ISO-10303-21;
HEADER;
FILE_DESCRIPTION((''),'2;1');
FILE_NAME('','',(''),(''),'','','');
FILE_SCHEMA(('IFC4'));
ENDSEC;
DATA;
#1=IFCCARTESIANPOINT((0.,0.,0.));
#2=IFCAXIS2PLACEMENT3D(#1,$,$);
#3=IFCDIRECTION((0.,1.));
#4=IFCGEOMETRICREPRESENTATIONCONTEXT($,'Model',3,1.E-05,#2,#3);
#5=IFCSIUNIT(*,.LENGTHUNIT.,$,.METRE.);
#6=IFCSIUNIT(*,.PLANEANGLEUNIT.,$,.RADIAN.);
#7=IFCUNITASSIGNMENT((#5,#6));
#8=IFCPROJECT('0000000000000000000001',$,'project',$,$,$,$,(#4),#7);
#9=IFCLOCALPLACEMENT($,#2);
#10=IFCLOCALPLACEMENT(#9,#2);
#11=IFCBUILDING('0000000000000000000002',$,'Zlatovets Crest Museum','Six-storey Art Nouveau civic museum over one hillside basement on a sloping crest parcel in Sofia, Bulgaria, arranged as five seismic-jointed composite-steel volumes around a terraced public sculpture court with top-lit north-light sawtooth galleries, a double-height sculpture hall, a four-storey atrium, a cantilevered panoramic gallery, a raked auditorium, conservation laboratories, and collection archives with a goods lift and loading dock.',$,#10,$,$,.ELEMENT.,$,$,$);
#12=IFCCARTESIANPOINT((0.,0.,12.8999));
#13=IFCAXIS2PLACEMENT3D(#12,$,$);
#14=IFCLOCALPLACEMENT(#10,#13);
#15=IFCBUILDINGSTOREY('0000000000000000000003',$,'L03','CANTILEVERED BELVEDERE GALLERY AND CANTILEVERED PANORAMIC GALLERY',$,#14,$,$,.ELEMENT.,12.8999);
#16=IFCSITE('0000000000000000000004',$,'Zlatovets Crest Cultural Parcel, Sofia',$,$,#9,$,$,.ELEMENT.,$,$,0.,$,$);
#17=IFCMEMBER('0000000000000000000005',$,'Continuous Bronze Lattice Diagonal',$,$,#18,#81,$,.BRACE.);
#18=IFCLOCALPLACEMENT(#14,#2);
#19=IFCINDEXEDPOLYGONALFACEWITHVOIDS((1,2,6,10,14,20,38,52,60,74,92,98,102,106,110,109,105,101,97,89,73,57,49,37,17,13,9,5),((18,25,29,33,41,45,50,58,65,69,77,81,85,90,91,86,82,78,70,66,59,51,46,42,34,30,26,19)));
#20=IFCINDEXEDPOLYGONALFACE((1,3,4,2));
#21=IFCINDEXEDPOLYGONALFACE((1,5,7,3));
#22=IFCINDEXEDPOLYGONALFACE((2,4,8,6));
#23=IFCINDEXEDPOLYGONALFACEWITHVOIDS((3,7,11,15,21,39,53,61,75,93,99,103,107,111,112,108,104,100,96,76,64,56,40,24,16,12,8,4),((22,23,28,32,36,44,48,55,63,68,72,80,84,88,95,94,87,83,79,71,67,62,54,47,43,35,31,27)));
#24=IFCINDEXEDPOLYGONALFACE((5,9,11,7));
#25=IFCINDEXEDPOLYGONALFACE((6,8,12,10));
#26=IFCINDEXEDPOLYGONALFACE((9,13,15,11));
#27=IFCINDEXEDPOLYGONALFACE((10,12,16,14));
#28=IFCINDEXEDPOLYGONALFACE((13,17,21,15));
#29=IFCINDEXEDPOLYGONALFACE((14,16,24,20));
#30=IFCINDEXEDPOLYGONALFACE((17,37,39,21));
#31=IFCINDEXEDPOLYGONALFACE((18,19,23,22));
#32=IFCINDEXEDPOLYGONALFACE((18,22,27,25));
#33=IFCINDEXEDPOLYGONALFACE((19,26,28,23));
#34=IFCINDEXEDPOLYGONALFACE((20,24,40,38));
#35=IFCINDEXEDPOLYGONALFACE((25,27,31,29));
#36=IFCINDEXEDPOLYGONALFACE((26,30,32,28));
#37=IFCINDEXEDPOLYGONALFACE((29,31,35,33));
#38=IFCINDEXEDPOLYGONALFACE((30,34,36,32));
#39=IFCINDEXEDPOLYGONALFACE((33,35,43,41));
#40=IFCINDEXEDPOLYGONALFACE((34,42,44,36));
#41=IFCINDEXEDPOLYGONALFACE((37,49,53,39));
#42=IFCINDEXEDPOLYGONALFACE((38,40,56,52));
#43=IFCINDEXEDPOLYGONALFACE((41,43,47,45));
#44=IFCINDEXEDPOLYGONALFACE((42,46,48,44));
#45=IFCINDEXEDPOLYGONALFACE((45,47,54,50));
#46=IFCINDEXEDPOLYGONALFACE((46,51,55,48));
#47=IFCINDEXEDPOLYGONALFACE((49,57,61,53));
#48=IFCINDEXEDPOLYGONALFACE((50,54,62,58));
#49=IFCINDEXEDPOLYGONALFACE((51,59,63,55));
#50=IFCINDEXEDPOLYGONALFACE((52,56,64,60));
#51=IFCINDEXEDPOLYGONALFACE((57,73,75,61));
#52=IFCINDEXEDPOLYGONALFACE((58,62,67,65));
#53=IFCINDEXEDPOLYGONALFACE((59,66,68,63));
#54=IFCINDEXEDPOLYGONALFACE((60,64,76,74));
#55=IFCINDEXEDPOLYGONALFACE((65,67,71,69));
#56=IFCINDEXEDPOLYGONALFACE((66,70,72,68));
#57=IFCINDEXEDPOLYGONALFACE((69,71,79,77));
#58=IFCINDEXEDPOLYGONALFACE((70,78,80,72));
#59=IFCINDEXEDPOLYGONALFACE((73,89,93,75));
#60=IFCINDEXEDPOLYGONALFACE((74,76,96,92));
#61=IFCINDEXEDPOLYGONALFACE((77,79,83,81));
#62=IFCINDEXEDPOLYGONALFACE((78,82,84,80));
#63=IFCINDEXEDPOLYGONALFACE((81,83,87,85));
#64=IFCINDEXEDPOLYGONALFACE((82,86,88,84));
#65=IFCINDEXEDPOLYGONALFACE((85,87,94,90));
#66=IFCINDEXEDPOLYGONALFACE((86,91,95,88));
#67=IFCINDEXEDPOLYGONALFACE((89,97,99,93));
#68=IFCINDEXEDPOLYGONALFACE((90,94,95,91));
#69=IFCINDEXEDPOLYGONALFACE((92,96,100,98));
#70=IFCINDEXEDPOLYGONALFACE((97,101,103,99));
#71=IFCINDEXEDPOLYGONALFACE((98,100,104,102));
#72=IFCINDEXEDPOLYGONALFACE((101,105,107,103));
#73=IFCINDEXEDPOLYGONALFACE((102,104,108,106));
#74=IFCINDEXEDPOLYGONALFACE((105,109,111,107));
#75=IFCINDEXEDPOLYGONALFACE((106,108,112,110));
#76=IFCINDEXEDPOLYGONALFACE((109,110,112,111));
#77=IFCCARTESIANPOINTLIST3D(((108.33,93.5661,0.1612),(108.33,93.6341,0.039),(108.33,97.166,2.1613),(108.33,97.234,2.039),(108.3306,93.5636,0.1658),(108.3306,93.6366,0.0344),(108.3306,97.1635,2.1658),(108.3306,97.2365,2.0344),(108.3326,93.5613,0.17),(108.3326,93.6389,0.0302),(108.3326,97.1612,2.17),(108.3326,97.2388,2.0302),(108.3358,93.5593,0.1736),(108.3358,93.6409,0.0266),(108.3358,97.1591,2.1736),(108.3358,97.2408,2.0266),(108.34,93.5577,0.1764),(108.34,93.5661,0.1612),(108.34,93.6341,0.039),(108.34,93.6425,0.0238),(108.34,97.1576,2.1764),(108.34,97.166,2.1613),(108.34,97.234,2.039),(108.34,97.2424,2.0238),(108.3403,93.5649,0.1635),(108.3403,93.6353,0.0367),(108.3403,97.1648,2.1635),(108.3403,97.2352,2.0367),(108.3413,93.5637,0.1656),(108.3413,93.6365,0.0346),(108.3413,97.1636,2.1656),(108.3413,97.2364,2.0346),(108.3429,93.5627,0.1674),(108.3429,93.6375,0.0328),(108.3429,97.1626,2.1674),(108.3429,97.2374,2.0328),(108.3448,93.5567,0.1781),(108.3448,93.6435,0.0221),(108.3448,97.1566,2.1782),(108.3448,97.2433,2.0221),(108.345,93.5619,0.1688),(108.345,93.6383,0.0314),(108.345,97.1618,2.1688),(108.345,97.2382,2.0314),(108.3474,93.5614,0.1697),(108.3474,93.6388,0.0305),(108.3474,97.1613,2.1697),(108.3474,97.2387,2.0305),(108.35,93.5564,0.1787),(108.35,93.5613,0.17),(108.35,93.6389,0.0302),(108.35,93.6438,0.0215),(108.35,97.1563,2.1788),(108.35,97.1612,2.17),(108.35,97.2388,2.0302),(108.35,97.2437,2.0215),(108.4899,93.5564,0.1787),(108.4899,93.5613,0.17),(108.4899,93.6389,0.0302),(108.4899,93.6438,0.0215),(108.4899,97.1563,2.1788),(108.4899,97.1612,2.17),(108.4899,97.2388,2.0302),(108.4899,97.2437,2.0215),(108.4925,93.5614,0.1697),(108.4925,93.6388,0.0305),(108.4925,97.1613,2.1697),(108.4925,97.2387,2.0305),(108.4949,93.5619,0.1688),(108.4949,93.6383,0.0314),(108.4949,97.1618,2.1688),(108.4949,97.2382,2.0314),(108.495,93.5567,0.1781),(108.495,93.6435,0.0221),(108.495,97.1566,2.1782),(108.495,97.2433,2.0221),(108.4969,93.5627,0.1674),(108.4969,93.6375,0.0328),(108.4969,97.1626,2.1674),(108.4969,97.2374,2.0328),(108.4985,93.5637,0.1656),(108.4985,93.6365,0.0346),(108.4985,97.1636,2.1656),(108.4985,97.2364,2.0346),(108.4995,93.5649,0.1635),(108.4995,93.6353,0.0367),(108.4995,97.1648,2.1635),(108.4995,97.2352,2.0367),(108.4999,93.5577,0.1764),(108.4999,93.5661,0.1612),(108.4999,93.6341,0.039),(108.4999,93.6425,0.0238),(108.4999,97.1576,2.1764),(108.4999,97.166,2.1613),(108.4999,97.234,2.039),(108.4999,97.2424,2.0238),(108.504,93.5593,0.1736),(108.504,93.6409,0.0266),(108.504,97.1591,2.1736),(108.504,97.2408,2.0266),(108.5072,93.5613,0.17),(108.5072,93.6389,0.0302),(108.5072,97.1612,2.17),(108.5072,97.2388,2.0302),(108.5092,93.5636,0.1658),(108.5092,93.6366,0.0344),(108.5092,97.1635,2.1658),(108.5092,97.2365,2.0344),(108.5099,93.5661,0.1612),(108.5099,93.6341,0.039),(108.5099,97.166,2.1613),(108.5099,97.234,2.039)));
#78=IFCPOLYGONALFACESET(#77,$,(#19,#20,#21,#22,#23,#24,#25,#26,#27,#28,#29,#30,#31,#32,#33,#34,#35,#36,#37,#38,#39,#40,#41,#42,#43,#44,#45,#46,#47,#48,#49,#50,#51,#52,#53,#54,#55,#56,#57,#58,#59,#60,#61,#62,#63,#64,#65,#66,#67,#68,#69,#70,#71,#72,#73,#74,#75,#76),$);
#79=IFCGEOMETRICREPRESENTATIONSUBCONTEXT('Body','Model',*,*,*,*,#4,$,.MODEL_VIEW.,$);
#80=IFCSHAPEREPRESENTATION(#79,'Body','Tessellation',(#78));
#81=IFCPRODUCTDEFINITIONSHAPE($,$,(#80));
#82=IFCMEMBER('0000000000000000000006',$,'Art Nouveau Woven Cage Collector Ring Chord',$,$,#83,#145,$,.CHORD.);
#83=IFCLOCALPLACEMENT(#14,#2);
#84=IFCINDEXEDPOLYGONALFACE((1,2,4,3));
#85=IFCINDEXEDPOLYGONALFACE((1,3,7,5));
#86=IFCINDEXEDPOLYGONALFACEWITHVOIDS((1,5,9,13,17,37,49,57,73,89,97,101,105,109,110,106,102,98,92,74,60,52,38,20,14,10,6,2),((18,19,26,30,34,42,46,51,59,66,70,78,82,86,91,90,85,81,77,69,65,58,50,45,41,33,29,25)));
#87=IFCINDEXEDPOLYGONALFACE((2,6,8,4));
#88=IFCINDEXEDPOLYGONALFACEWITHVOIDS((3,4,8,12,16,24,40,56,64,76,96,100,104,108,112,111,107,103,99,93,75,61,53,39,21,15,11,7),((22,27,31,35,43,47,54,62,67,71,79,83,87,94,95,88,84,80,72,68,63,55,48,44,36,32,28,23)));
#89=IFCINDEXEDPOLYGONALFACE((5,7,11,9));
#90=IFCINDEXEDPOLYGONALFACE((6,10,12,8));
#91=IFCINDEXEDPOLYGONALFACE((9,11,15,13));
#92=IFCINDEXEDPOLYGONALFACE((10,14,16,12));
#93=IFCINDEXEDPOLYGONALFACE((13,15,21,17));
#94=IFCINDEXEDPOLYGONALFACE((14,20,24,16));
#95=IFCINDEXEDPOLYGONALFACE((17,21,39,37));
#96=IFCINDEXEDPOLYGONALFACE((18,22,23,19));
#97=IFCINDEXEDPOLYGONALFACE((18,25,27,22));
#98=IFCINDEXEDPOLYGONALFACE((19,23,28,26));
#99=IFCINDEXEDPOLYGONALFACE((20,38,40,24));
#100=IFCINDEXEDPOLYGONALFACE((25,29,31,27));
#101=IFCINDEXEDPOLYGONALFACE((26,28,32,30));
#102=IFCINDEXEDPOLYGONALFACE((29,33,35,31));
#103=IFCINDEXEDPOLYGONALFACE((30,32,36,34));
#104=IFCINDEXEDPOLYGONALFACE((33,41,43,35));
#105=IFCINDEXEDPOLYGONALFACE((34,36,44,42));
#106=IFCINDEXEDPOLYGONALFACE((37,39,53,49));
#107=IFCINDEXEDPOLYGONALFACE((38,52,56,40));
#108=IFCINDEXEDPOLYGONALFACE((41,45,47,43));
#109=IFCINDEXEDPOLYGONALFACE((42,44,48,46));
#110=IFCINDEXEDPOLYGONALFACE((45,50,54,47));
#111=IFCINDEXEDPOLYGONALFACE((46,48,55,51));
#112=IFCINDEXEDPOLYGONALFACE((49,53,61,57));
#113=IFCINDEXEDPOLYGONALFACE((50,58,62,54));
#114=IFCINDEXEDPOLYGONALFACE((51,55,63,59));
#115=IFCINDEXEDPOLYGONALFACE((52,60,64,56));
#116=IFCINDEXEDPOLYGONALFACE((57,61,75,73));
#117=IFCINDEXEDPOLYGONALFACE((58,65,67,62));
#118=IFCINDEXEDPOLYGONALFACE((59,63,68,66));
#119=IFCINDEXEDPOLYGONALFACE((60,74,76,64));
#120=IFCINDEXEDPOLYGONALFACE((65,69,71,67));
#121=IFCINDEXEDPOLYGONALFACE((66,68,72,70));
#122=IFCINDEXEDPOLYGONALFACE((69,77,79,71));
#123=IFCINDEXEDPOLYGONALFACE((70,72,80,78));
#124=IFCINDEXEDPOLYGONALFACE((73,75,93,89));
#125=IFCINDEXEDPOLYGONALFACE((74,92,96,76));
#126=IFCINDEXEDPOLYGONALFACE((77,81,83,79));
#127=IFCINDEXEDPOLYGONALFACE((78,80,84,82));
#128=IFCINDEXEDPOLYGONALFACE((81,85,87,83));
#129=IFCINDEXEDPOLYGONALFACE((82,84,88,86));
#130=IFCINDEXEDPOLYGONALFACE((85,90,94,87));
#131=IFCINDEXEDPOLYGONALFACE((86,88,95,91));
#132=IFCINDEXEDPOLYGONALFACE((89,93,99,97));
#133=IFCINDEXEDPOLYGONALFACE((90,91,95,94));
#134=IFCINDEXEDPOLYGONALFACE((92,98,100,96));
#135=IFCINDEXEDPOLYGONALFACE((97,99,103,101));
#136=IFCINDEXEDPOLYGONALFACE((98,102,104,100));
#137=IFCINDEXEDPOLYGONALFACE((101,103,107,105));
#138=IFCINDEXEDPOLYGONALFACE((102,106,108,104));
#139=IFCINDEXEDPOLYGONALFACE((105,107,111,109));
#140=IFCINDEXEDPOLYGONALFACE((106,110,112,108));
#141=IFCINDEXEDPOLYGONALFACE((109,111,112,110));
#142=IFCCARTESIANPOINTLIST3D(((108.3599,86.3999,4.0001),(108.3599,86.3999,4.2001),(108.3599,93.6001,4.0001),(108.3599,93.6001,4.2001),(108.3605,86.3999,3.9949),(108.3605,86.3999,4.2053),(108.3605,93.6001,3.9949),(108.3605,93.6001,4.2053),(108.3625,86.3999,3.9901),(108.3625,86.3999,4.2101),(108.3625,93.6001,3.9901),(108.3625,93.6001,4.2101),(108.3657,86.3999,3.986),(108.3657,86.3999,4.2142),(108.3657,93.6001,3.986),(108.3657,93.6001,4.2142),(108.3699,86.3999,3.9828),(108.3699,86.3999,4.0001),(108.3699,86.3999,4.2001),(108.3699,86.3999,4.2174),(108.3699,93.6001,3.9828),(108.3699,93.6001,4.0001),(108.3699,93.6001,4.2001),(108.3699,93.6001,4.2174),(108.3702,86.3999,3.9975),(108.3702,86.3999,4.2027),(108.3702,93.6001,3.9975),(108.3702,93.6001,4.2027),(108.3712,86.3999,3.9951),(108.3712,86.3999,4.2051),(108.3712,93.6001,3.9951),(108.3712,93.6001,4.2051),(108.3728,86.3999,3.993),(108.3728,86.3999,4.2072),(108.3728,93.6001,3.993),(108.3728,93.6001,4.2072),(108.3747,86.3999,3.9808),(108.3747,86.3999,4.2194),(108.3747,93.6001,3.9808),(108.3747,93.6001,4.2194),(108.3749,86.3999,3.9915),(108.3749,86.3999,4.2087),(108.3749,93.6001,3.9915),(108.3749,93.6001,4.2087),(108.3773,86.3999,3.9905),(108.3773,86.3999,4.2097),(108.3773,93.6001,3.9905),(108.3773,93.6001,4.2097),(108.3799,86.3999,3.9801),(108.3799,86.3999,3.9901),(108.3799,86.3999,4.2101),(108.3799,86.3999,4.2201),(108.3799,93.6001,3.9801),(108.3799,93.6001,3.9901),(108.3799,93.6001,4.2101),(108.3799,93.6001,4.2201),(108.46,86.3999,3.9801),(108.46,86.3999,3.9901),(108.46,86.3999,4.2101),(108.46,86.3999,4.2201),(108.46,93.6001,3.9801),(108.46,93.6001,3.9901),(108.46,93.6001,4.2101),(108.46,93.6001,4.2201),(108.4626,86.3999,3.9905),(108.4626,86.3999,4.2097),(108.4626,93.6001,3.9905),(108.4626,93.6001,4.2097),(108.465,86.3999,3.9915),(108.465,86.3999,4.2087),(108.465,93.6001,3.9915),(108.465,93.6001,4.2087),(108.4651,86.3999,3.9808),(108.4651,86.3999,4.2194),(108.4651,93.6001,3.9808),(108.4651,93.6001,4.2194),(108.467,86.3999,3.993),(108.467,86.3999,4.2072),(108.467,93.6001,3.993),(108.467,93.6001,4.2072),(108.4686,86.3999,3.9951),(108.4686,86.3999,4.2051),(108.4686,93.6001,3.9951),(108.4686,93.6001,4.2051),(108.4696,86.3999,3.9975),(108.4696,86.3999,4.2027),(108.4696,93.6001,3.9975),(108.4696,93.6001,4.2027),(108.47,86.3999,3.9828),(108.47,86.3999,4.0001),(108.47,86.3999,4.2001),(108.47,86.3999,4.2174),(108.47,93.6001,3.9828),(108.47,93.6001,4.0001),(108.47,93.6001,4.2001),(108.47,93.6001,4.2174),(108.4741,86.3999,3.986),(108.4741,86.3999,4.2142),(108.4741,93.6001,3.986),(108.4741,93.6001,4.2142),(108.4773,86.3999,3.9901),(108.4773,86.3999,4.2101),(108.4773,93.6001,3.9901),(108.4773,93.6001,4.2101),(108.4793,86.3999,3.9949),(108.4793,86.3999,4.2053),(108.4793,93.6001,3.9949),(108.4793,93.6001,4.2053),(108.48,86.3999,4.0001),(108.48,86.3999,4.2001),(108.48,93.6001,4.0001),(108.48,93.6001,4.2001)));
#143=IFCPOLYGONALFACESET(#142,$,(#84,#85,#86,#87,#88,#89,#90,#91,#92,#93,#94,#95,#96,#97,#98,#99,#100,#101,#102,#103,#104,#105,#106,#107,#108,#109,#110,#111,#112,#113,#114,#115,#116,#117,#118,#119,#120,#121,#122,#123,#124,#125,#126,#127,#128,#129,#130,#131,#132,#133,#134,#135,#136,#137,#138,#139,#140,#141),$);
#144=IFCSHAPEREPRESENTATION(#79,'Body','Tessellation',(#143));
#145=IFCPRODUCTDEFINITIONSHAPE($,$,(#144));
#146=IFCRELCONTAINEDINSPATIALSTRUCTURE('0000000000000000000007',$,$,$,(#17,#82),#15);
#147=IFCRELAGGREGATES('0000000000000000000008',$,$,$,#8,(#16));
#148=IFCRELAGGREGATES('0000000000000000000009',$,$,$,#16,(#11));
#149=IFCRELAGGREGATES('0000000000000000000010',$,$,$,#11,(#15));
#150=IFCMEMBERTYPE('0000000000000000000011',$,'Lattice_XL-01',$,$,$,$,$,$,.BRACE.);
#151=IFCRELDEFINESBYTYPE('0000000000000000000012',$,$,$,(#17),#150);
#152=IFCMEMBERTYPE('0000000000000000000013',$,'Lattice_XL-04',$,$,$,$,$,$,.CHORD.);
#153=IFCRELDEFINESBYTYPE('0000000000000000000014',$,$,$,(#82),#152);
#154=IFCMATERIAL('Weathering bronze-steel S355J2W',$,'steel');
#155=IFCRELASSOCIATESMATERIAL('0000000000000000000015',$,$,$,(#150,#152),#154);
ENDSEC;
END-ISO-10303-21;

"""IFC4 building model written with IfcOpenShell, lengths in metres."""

from ifc_helpers import new_model, si_unit, direction, frame, origin, origin_2d, place, context, subcontext, project, spatial, hollow_rectangle, extrude, material, material_profile, profile_set, type_object, element, save


model = new_model("IFC4")

# Units and contexts
model_context = context("Model", 3, precision=1e-05, world=origin(), true_north=direction((0.0, 1.0)))
body_context = subcontext(model_context, "Body", "Model", "MODEL_VIEW")
ifc_project = project(units=[si_unit("LENGTHUNIT", "METRE"), si_unit("PLANEANGLEUNIT", "RADIAN")], contexts=[model_context])

# Site, building, storey
site_placement = place(None, origin())
site = spatial("IfcSite", under=ifc_project, at=site_placement, Name="Zlatovets Crest Cultural Parcel, Sofia", CompositionType="ELEMENT", RefElevation=0.0)
building_placement = place(site_placement, origin())
building = spatial("IfcBuilding", under=site, at=building_placement, Name="Zlatovets Crest Museum", Description="Six-storey Art Nouveau civic museum over one hillside basement on a sloping crest parcel in Sofia, Bulgaria, arranged as five seismic-jointed composite-steel volumes around a terraced public sculpture court with top-lit north-light sawtooth galleries, a double-height sculpture hall, a four-storey atrium, a cantilevered panoramic gallery, a raked auditorium, conservation laboratories, and collection archives with a goods lift and loading dock.", CompositionType="ELEMENT")
storey_placement = place(building_placement, frame((0.0, 0.0, 12.8999)))
storey = spatial("IfcBuildingStorey", under=building, at=storey_placement, Name="L03", Description="CANTILEVERED BELVEDERE GALLERY AND CANTILEVERED PANORAMIC GALLERY", CompositionType="ELEMENT", Elevation=12.8999)

# Members
ifc_material_1 = material(Name="Weathering bronze-steel S355J2W", Category="steel")
ifc_material_profile_1 = material_profile(ifc_material_1, hollow_rectangle(XDim=0.1799, YDim=0.1799, WallThickness=0.01, InnerFilletRadius=0.01, OuterFilletRadius=0.02, at=origin_2d()), Name="SHS 180x180x10.0")
ifc_profile_set_1 = profile_set([ifc_material_profile_1], Name="Weathering bronze-steel S355J2W")
member_type_1 = type_object("IfcMemberType", Name="Lattice_XL-01", PredefinedType="BRACE", material=ifc_profile_set_1)
member_1_placement = place(storey_placement, frame((108.4199, 93.6001, 0.1001), z_axis=(0.0, 0.874149, 0.485658), x_axis=(-1.0, 0.0, 0.0)))
element("IfcMember", 1, at=member_1_placement, inside=storey, type_object=member_type_1, Name="Continuous Bronze Lattice Diagonal", PredefinedType="BRACE", context=body_context, shape_type="SweptSolid", body=[
    extrude(hollow_rectangle(XDim=0.1799, YDim=0.1799, WallThickness=0.01, InnerFilletRadius=0.01, OuterFilletRadius=0.02, at=origin_2d()), origin(), (0.0, 0.0, 1.0), 4.1182),
])
ifc_material_profile_2 = material_profile(ifc_material_1, hollow_rectangle(XDim=0.1201, YDim=0.24, WallThickness=0.01, InnerFilletRadius=0.01, OuterFilletRadius=0.02, at=origin_2d()), Name="RHS 120x240x10.0")
ifc_profile_set_2 = profile_set([ifc_material_profile_2], Name="Weathering bronze-steel S355J2W")
member_type_2 = type_object("IfcMemberType", Name="Lattice_XL-04", PredefinedType="CHORD", material=ifc_profile_set_2)
member_2_placement = place(storey_placement, frame((108.4199, 86.3999, 4.1001), z_axis=(0.0, 1.0, 0.0), x_axis=(-1.0, 0.0, 0.0)))
element("IfcMember", 2, at=member_2_placement, inside=storey, type_object=member_type_2, Name="Art Nouveau Woven Cage Collector Ring Chord", PredefinedType="CHORD", context=body_context, shape_type="SweptSolid", body=[
    extrude(hollow_rectangle(XDim=0.1201, YDim=0.24, WallThickness=0.01, InnerFilletRadius=0.01, OuterFilletRadius=0.02, at=origin_2d()), origin(), (0.0, 0.0, 1.0), 7.2002),
])

save(model, "model.ifc")
